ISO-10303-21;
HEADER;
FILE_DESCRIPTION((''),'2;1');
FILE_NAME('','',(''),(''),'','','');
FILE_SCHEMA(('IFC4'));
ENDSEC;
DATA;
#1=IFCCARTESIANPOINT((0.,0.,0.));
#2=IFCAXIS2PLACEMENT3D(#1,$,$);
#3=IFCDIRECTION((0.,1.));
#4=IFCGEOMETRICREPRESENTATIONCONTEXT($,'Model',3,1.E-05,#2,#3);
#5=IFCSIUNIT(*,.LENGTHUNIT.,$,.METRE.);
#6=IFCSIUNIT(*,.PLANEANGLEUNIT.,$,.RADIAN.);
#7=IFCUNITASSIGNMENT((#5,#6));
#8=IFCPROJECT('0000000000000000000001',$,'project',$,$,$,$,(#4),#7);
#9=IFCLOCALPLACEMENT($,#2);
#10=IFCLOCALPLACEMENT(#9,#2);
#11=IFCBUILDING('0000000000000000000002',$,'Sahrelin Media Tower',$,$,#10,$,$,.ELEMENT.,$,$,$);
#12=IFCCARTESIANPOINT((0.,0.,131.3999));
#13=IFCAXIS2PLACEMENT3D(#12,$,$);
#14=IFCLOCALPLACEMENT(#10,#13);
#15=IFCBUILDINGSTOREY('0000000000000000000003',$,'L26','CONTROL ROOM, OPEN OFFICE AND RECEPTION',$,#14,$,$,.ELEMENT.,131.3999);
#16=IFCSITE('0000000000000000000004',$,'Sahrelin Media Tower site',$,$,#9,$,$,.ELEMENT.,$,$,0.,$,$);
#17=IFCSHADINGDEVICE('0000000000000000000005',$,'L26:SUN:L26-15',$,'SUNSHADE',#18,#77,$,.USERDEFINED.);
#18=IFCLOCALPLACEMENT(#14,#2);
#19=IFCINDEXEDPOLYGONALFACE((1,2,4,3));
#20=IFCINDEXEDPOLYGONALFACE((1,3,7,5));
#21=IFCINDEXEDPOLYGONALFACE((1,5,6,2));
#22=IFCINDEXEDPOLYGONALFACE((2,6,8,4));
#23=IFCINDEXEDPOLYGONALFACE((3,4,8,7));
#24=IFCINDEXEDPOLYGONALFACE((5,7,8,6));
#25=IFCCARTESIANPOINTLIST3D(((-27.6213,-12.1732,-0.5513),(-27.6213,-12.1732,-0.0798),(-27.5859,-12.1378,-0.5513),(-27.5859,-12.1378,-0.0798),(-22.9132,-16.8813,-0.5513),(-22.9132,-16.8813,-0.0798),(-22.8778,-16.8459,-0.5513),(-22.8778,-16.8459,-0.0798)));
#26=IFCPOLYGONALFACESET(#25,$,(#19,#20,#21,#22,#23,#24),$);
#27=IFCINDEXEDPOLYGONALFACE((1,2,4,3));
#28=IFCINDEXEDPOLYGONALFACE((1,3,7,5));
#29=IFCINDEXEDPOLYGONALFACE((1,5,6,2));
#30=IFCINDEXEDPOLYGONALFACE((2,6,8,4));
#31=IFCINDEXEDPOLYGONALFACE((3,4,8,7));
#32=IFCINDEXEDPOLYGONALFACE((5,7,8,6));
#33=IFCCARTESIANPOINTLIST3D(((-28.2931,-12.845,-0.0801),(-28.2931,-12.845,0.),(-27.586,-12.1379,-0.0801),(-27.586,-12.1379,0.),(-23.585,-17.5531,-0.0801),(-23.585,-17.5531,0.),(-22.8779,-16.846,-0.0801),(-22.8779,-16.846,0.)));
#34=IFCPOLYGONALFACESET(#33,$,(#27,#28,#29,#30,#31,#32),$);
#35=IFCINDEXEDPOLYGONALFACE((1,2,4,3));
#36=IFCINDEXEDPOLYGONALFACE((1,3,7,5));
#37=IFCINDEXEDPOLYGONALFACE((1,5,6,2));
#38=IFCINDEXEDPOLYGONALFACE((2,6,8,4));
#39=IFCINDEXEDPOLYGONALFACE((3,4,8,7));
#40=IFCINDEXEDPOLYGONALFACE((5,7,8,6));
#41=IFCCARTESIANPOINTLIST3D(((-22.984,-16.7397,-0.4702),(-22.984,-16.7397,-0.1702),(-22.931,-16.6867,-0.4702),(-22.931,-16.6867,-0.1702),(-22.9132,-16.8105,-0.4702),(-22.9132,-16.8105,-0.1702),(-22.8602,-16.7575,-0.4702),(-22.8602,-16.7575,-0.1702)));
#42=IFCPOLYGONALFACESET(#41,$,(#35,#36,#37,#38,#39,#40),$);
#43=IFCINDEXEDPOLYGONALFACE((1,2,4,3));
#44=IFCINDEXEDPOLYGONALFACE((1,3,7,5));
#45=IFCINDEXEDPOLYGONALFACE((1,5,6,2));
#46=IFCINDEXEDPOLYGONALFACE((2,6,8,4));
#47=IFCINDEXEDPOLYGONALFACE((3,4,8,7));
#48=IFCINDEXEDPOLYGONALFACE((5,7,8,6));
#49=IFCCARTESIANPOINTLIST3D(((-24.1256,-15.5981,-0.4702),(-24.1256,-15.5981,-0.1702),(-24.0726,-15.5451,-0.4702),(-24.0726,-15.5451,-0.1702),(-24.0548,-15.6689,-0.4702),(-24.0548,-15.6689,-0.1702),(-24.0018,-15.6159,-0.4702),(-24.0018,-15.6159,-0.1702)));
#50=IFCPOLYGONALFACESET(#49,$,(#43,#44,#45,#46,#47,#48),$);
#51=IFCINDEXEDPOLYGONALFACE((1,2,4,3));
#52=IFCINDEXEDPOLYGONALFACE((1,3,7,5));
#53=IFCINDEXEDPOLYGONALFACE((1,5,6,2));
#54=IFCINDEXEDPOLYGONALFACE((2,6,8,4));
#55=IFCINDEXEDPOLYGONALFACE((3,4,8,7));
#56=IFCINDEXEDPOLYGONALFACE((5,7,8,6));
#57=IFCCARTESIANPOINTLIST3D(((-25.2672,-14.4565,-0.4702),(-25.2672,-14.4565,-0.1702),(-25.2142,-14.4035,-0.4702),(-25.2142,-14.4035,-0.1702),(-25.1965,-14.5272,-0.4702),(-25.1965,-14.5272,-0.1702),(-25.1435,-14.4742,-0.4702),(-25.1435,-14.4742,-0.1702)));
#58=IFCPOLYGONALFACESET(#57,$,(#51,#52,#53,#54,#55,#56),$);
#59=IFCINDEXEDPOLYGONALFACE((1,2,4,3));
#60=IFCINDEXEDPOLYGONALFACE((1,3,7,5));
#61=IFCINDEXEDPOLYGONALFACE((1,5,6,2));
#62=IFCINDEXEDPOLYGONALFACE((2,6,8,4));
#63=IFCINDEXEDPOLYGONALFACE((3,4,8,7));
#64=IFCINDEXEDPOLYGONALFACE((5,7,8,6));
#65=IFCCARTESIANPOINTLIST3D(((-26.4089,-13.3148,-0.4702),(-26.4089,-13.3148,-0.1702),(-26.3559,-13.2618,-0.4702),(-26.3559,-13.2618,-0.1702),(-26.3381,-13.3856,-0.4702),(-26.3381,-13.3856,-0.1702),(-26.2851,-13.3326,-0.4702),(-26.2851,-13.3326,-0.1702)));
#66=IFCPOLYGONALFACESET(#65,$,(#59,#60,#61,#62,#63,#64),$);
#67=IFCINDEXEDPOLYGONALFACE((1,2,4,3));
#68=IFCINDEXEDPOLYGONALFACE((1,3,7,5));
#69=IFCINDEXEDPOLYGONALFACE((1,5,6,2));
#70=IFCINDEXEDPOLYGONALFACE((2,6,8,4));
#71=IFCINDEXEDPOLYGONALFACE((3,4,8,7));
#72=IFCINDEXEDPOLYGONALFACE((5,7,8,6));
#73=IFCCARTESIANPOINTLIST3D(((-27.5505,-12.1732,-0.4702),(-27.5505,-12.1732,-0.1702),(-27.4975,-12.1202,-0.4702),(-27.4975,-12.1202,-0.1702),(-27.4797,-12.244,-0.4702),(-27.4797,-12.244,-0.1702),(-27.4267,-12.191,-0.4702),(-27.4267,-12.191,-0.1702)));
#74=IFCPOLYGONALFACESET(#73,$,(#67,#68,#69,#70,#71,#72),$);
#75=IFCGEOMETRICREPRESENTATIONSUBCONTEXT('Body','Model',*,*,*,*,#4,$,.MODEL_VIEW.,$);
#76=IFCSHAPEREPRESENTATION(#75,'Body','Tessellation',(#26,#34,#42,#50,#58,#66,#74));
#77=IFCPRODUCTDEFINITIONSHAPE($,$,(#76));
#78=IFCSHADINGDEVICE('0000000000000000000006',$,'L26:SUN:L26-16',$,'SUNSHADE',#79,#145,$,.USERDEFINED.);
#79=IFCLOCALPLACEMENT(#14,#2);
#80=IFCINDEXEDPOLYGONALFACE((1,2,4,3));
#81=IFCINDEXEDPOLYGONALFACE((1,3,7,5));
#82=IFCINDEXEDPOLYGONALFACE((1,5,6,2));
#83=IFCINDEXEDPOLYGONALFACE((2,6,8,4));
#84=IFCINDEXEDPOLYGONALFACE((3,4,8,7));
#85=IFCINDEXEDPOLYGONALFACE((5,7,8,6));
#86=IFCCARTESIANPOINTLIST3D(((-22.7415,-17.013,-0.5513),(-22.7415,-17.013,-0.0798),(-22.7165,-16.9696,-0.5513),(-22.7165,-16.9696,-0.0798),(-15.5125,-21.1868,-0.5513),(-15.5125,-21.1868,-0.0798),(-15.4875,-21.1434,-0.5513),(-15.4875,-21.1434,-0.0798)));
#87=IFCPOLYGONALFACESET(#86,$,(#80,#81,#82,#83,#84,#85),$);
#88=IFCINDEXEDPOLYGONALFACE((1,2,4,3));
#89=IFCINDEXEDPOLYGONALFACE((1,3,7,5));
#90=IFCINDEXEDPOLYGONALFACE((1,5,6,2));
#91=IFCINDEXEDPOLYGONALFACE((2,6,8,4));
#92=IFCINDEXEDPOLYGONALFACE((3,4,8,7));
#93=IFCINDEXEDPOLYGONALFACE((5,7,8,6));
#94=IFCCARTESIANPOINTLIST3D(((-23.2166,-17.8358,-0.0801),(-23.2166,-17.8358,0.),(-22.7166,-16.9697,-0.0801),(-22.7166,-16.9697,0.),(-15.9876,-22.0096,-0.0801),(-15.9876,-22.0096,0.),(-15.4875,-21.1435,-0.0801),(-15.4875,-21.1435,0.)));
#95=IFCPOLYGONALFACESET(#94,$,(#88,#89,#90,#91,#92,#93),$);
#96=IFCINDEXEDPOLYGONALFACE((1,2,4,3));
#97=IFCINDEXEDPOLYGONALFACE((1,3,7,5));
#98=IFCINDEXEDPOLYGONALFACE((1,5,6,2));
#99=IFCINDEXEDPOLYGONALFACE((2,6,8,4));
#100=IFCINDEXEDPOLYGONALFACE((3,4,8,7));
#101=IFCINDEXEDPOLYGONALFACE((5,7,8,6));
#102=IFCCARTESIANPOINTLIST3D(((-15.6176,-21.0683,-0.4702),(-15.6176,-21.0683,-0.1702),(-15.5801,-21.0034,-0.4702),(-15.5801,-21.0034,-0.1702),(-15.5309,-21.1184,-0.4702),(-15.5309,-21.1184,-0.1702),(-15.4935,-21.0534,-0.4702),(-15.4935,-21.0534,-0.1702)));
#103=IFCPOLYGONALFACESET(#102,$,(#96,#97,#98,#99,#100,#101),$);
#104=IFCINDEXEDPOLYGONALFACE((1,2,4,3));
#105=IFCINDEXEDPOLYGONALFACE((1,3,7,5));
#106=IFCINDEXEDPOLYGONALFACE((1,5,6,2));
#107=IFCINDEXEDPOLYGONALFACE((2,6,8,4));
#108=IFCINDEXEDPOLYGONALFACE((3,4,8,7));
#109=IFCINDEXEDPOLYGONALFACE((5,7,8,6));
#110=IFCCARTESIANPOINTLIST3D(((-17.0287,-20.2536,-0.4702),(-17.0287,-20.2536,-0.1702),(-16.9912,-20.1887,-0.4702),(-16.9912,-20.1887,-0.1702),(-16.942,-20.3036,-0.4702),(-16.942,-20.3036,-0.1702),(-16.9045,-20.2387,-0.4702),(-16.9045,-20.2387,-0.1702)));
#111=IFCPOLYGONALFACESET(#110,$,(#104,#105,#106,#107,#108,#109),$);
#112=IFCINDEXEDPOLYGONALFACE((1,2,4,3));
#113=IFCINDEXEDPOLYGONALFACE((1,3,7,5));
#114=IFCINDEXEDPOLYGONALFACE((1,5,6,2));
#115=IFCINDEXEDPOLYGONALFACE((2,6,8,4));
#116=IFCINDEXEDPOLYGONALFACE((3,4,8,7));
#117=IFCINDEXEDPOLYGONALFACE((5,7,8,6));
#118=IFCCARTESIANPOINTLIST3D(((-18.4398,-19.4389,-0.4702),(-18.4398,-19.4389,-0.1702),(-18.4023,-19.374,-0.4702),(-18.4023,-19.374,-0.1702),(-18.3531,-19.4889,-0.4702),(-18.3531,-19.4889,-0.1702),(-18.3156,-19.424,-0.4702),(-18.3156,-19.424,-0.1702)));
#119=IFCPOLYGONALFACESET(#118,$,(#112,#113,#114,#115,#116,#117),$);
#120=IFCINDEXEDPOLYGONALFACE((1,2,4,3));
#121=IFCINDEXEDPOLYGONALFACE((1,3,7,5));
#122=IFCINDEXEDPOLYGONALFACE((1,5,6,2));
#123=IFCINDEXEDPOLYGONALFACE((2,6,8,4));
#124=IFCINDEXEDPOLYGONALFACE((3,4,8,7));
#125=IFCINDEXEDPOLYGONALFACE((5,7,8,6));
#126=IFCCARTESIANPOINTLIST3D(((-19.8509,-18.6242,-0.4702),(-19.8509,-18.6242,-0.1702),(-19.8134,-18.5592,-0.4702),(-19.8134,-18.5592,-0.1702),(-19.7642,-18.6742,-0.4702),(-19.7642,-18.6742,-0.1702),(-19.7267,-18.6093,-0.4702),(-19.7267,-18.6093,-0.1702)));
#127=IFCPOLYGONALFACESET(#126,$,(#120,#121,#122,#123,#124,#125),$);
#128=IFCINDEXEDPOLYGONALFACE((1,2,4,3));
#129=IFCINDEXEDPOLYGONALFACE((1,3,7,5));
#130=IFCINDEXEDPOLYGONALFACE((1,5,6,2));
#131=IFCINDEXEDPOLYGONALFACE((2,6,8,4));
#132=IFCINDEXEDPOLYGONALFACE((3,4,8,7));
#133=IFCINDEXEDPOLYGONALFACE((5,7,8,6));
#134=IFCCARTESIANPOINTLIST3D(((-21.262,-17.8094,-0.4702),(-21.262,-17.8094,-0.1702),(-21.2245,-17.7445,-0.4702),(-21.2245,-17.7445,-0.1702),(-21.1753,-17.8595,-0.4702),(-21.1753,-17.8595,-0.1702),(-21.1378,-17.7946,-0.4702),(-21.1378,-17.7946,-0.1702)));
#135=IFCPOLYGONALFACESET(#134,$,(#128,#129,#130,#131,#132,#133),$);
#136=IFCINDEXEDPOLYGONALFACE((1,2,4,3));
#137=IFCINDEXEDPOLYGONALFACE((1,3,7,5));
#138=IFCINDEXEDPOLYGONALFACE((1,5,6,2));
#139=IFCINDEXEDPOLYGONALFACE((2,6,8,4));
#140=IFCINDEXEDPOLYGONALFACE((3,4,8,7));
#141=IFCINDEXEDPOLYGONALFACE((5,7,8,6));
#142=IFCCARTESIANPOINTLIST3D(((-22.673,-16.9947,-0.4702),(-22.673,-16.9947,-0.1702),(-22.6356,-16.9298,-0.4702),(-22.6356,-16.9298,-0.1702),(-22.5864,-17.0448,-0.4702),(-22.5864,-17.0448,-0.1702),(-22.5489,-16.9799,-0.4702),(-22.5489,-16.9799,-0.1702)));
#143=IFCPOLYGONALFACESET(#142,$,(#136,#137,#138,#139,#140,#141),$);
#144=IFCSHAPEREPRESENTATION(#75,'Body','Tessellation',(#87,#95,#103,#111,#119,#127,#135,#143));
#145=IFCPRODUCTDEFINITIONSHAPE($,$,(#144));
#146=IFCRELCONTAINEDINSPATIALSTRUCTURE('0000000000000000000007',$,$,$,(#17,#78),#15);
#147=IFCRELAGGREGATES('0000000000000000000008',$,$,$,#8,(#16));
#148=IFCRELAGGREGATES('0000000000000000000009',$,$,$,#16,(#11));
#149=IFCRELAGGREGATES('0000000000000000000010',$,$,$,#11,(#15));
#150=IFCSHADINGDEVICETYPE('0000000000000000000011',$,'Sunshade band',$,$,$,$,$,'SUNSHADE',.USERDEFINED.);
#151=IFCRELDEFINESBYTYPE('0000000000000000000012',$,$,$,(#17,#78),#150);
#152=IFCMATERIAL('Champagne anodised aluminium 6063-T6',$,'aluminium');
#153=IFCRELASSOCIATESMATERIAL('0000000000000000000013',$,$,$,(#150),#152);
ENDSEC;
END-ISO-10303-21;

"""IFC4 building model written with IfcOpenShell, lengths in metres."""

from ifc_helpers import new_model, si_unit, direction, frame, origin, origin_2d, place, context, subcontext, project, spatial, rectangle, extrude, material, type_object, element, save


model = new_model("IFC4")

# Units and contexts
model_context = context("Model", 3, precision=1e-05, world=origin(), true_north=direction((0.0, 1.0)))
body_context = subcontext(model_context, "Body", "Model", "MODEL_VIEW")
ifc_project = project(units=[si_unit("LENGTHUNIT", "METRE"), si_unit("PLANEANGLEUNIT", "RADIAN")], contexts=[model_context])

# Site, building, storey
site_placement = place(None, origin())
site = spatial("IfcSite", under=ifc_project, at=site_placement, Name="Sahrelin Media Tower site", CompositionType="ELEMENT", RefElevation=0.0)
building_placement = place(site_placement, origin())
building = spatial("IfcBuilding", under=site, at=building_placement, Name="Sahrelin Media Tower", CompositionType="ELEMENT")
storey_placement = place(building_placement, frame((0.0, 0.0, 131.3999)))
storey = spatial("IfcBuildingStorey", under=building, at=storey_placement, Name="L26", Description="CONTROL ROOM, OPEN OFFICE AND RECEPTION", CompositionType="ELEMENT", Elevation=131.3999)

# Shared definitions
ifc_material_1 = material(Name="Champagne anodised aluminium 6063-T6", Category="aluminium")

# Shading devices
placement_1 = place(storey_placement, frame((-25.2178, -14.4778, 0.0), z_axis=(0.0, 0.0, 1.0), x_axis=(-0.707107, 0.707107, 0.0)))
shading_device_type_1 = type_object("IfcShadingDeviceType", Name="Sunshade band", ElementType="SUNSHADE", PredefinedType="USERDEFINED", material=ifc_material_1)
element("IfcShadingDevice", 1, at=placement_1, inside=storey, type_object=shading_device_type_1, Name="L26:SUN:L26-15", ObjectType="SUNSHADE", PredefinedType="USERDEFINED", context=body_context, shape_type="SweptSolid", body=[
    extrude(rectangle(XDim=6.6582, YDim=0.05, at=origin_2d()), frame((0.0, 0.0449, -0.5513)), (0.0, 0.0, 1.0), 0.4714),
    extrude(rectangle(XDim=6.6582, YDim=1.0, at=origin_2d()), frame((0.0, 0.52, -0.0801)), (0.0, 0.0, 1.0), 0.0801),
    extrude(rectangle(XDim=0.1001, YDim=0.075, at=origin_2d()), frame((-3.229, -0.0176, -0.4702)), (0.0, 0.0, 1.0), 0.3),
    extrude(rectangle(XDim=0.1001, YDim=0.075, at=origin_2d()), frame((-1.6145, -0.0176, -0.4702)), (0.0, 0.0, 1.0), 0.3),
    extrude(rectangle(XDim=0.1001, YDim=0.075, at=origin_2d()), frame((0.0, -0.0176, -0.4702)), (0.0, 0.0, 1.0), 0.3),
    extrude(rectangle(XDim=0.1001, YDim=0.075, at=origin_2d()), frame((1.6145, -0.0176, -0.4702)), (0.0, 0.0, 1.0), 0.3),
    extrude(rectangle(XDim=0.1001, YDim=0.075, at=origin_2d()), frame((3.229, -0.0176, -0.4702)), (0.0, 0.0, 1.0), 0.3),
])
shading_device_1_placement = place(storey_placement, frame((-19.092, -19.0393, 0.0), z_axis=(0.0, 0.0, 1.0), x_axis=(-0.866019, 0.500011, 0.0)))
element("IfcShadingDevice", 2, at=shading_device_1_placement, inside=storey, type_object=shading_device_type_1, Name="L26:SUN:L26-16", ObjectType="SUNSHADE", PredefinedType="USERDEFINED", context=body_context, shape_type="SweptSolid", body=[
    extrude(rectangle(XDim=8.3474, YDim=0.05, at=origin_2d()), frame((0.0, 0.0449, -0.5513)), (0.0, 0.0, 1.0), 0.4714),
    extrude(rectangle(XDim=8.3474, YDim=1.0, at=origin_2d()), frame((0.0, 0.52, -0.0801)), (0.0, 0.0, 1.0), 0.0801),
    extrude(rectangle(XDim=0.1001, YDim=0.075, at=origin_2d()), frame((-4.0735, -0.0176, -0.4702)), (0.0, 0.0, 1.0), 0.3),
    extrude(rectangle(XDim=0.1001, YDim=0.075, at=origin_2d()), frame((-2.4441, -0.0176, -0.4702)), (0.0, 0.0, 1.0), 0.3),
    extrude(rectangle(XDim=0.1001, YDim=0.075, at=origin_2d()), frame((-0.8147, -0.0176, -0.4702)), (0.0, 0.0, 1.0), 0.3),
    extrude(rectangle(XDim=0.1001, YDim=0.075, at=origin_2d()), frame((0.8147, -0.0176, -0.4702)), (0.0, 0.0, 1.0), 0.3),
    extrude(rectangle(XDim=0.1001, YDim=0.075, at=origin_2d()), frame((2.4441, -0.0176, -0.4702)), (0.0, 0.0, 1.0), 0.3),
    extrude(rectangle(XDim=0.1001, YDim=0.075, at=origin_2d()), frame((4.0735, -0.0176, -0.4702)), (0.0, 0.0, 1.0), 0.3),
])

save(model, "model.ifc")
